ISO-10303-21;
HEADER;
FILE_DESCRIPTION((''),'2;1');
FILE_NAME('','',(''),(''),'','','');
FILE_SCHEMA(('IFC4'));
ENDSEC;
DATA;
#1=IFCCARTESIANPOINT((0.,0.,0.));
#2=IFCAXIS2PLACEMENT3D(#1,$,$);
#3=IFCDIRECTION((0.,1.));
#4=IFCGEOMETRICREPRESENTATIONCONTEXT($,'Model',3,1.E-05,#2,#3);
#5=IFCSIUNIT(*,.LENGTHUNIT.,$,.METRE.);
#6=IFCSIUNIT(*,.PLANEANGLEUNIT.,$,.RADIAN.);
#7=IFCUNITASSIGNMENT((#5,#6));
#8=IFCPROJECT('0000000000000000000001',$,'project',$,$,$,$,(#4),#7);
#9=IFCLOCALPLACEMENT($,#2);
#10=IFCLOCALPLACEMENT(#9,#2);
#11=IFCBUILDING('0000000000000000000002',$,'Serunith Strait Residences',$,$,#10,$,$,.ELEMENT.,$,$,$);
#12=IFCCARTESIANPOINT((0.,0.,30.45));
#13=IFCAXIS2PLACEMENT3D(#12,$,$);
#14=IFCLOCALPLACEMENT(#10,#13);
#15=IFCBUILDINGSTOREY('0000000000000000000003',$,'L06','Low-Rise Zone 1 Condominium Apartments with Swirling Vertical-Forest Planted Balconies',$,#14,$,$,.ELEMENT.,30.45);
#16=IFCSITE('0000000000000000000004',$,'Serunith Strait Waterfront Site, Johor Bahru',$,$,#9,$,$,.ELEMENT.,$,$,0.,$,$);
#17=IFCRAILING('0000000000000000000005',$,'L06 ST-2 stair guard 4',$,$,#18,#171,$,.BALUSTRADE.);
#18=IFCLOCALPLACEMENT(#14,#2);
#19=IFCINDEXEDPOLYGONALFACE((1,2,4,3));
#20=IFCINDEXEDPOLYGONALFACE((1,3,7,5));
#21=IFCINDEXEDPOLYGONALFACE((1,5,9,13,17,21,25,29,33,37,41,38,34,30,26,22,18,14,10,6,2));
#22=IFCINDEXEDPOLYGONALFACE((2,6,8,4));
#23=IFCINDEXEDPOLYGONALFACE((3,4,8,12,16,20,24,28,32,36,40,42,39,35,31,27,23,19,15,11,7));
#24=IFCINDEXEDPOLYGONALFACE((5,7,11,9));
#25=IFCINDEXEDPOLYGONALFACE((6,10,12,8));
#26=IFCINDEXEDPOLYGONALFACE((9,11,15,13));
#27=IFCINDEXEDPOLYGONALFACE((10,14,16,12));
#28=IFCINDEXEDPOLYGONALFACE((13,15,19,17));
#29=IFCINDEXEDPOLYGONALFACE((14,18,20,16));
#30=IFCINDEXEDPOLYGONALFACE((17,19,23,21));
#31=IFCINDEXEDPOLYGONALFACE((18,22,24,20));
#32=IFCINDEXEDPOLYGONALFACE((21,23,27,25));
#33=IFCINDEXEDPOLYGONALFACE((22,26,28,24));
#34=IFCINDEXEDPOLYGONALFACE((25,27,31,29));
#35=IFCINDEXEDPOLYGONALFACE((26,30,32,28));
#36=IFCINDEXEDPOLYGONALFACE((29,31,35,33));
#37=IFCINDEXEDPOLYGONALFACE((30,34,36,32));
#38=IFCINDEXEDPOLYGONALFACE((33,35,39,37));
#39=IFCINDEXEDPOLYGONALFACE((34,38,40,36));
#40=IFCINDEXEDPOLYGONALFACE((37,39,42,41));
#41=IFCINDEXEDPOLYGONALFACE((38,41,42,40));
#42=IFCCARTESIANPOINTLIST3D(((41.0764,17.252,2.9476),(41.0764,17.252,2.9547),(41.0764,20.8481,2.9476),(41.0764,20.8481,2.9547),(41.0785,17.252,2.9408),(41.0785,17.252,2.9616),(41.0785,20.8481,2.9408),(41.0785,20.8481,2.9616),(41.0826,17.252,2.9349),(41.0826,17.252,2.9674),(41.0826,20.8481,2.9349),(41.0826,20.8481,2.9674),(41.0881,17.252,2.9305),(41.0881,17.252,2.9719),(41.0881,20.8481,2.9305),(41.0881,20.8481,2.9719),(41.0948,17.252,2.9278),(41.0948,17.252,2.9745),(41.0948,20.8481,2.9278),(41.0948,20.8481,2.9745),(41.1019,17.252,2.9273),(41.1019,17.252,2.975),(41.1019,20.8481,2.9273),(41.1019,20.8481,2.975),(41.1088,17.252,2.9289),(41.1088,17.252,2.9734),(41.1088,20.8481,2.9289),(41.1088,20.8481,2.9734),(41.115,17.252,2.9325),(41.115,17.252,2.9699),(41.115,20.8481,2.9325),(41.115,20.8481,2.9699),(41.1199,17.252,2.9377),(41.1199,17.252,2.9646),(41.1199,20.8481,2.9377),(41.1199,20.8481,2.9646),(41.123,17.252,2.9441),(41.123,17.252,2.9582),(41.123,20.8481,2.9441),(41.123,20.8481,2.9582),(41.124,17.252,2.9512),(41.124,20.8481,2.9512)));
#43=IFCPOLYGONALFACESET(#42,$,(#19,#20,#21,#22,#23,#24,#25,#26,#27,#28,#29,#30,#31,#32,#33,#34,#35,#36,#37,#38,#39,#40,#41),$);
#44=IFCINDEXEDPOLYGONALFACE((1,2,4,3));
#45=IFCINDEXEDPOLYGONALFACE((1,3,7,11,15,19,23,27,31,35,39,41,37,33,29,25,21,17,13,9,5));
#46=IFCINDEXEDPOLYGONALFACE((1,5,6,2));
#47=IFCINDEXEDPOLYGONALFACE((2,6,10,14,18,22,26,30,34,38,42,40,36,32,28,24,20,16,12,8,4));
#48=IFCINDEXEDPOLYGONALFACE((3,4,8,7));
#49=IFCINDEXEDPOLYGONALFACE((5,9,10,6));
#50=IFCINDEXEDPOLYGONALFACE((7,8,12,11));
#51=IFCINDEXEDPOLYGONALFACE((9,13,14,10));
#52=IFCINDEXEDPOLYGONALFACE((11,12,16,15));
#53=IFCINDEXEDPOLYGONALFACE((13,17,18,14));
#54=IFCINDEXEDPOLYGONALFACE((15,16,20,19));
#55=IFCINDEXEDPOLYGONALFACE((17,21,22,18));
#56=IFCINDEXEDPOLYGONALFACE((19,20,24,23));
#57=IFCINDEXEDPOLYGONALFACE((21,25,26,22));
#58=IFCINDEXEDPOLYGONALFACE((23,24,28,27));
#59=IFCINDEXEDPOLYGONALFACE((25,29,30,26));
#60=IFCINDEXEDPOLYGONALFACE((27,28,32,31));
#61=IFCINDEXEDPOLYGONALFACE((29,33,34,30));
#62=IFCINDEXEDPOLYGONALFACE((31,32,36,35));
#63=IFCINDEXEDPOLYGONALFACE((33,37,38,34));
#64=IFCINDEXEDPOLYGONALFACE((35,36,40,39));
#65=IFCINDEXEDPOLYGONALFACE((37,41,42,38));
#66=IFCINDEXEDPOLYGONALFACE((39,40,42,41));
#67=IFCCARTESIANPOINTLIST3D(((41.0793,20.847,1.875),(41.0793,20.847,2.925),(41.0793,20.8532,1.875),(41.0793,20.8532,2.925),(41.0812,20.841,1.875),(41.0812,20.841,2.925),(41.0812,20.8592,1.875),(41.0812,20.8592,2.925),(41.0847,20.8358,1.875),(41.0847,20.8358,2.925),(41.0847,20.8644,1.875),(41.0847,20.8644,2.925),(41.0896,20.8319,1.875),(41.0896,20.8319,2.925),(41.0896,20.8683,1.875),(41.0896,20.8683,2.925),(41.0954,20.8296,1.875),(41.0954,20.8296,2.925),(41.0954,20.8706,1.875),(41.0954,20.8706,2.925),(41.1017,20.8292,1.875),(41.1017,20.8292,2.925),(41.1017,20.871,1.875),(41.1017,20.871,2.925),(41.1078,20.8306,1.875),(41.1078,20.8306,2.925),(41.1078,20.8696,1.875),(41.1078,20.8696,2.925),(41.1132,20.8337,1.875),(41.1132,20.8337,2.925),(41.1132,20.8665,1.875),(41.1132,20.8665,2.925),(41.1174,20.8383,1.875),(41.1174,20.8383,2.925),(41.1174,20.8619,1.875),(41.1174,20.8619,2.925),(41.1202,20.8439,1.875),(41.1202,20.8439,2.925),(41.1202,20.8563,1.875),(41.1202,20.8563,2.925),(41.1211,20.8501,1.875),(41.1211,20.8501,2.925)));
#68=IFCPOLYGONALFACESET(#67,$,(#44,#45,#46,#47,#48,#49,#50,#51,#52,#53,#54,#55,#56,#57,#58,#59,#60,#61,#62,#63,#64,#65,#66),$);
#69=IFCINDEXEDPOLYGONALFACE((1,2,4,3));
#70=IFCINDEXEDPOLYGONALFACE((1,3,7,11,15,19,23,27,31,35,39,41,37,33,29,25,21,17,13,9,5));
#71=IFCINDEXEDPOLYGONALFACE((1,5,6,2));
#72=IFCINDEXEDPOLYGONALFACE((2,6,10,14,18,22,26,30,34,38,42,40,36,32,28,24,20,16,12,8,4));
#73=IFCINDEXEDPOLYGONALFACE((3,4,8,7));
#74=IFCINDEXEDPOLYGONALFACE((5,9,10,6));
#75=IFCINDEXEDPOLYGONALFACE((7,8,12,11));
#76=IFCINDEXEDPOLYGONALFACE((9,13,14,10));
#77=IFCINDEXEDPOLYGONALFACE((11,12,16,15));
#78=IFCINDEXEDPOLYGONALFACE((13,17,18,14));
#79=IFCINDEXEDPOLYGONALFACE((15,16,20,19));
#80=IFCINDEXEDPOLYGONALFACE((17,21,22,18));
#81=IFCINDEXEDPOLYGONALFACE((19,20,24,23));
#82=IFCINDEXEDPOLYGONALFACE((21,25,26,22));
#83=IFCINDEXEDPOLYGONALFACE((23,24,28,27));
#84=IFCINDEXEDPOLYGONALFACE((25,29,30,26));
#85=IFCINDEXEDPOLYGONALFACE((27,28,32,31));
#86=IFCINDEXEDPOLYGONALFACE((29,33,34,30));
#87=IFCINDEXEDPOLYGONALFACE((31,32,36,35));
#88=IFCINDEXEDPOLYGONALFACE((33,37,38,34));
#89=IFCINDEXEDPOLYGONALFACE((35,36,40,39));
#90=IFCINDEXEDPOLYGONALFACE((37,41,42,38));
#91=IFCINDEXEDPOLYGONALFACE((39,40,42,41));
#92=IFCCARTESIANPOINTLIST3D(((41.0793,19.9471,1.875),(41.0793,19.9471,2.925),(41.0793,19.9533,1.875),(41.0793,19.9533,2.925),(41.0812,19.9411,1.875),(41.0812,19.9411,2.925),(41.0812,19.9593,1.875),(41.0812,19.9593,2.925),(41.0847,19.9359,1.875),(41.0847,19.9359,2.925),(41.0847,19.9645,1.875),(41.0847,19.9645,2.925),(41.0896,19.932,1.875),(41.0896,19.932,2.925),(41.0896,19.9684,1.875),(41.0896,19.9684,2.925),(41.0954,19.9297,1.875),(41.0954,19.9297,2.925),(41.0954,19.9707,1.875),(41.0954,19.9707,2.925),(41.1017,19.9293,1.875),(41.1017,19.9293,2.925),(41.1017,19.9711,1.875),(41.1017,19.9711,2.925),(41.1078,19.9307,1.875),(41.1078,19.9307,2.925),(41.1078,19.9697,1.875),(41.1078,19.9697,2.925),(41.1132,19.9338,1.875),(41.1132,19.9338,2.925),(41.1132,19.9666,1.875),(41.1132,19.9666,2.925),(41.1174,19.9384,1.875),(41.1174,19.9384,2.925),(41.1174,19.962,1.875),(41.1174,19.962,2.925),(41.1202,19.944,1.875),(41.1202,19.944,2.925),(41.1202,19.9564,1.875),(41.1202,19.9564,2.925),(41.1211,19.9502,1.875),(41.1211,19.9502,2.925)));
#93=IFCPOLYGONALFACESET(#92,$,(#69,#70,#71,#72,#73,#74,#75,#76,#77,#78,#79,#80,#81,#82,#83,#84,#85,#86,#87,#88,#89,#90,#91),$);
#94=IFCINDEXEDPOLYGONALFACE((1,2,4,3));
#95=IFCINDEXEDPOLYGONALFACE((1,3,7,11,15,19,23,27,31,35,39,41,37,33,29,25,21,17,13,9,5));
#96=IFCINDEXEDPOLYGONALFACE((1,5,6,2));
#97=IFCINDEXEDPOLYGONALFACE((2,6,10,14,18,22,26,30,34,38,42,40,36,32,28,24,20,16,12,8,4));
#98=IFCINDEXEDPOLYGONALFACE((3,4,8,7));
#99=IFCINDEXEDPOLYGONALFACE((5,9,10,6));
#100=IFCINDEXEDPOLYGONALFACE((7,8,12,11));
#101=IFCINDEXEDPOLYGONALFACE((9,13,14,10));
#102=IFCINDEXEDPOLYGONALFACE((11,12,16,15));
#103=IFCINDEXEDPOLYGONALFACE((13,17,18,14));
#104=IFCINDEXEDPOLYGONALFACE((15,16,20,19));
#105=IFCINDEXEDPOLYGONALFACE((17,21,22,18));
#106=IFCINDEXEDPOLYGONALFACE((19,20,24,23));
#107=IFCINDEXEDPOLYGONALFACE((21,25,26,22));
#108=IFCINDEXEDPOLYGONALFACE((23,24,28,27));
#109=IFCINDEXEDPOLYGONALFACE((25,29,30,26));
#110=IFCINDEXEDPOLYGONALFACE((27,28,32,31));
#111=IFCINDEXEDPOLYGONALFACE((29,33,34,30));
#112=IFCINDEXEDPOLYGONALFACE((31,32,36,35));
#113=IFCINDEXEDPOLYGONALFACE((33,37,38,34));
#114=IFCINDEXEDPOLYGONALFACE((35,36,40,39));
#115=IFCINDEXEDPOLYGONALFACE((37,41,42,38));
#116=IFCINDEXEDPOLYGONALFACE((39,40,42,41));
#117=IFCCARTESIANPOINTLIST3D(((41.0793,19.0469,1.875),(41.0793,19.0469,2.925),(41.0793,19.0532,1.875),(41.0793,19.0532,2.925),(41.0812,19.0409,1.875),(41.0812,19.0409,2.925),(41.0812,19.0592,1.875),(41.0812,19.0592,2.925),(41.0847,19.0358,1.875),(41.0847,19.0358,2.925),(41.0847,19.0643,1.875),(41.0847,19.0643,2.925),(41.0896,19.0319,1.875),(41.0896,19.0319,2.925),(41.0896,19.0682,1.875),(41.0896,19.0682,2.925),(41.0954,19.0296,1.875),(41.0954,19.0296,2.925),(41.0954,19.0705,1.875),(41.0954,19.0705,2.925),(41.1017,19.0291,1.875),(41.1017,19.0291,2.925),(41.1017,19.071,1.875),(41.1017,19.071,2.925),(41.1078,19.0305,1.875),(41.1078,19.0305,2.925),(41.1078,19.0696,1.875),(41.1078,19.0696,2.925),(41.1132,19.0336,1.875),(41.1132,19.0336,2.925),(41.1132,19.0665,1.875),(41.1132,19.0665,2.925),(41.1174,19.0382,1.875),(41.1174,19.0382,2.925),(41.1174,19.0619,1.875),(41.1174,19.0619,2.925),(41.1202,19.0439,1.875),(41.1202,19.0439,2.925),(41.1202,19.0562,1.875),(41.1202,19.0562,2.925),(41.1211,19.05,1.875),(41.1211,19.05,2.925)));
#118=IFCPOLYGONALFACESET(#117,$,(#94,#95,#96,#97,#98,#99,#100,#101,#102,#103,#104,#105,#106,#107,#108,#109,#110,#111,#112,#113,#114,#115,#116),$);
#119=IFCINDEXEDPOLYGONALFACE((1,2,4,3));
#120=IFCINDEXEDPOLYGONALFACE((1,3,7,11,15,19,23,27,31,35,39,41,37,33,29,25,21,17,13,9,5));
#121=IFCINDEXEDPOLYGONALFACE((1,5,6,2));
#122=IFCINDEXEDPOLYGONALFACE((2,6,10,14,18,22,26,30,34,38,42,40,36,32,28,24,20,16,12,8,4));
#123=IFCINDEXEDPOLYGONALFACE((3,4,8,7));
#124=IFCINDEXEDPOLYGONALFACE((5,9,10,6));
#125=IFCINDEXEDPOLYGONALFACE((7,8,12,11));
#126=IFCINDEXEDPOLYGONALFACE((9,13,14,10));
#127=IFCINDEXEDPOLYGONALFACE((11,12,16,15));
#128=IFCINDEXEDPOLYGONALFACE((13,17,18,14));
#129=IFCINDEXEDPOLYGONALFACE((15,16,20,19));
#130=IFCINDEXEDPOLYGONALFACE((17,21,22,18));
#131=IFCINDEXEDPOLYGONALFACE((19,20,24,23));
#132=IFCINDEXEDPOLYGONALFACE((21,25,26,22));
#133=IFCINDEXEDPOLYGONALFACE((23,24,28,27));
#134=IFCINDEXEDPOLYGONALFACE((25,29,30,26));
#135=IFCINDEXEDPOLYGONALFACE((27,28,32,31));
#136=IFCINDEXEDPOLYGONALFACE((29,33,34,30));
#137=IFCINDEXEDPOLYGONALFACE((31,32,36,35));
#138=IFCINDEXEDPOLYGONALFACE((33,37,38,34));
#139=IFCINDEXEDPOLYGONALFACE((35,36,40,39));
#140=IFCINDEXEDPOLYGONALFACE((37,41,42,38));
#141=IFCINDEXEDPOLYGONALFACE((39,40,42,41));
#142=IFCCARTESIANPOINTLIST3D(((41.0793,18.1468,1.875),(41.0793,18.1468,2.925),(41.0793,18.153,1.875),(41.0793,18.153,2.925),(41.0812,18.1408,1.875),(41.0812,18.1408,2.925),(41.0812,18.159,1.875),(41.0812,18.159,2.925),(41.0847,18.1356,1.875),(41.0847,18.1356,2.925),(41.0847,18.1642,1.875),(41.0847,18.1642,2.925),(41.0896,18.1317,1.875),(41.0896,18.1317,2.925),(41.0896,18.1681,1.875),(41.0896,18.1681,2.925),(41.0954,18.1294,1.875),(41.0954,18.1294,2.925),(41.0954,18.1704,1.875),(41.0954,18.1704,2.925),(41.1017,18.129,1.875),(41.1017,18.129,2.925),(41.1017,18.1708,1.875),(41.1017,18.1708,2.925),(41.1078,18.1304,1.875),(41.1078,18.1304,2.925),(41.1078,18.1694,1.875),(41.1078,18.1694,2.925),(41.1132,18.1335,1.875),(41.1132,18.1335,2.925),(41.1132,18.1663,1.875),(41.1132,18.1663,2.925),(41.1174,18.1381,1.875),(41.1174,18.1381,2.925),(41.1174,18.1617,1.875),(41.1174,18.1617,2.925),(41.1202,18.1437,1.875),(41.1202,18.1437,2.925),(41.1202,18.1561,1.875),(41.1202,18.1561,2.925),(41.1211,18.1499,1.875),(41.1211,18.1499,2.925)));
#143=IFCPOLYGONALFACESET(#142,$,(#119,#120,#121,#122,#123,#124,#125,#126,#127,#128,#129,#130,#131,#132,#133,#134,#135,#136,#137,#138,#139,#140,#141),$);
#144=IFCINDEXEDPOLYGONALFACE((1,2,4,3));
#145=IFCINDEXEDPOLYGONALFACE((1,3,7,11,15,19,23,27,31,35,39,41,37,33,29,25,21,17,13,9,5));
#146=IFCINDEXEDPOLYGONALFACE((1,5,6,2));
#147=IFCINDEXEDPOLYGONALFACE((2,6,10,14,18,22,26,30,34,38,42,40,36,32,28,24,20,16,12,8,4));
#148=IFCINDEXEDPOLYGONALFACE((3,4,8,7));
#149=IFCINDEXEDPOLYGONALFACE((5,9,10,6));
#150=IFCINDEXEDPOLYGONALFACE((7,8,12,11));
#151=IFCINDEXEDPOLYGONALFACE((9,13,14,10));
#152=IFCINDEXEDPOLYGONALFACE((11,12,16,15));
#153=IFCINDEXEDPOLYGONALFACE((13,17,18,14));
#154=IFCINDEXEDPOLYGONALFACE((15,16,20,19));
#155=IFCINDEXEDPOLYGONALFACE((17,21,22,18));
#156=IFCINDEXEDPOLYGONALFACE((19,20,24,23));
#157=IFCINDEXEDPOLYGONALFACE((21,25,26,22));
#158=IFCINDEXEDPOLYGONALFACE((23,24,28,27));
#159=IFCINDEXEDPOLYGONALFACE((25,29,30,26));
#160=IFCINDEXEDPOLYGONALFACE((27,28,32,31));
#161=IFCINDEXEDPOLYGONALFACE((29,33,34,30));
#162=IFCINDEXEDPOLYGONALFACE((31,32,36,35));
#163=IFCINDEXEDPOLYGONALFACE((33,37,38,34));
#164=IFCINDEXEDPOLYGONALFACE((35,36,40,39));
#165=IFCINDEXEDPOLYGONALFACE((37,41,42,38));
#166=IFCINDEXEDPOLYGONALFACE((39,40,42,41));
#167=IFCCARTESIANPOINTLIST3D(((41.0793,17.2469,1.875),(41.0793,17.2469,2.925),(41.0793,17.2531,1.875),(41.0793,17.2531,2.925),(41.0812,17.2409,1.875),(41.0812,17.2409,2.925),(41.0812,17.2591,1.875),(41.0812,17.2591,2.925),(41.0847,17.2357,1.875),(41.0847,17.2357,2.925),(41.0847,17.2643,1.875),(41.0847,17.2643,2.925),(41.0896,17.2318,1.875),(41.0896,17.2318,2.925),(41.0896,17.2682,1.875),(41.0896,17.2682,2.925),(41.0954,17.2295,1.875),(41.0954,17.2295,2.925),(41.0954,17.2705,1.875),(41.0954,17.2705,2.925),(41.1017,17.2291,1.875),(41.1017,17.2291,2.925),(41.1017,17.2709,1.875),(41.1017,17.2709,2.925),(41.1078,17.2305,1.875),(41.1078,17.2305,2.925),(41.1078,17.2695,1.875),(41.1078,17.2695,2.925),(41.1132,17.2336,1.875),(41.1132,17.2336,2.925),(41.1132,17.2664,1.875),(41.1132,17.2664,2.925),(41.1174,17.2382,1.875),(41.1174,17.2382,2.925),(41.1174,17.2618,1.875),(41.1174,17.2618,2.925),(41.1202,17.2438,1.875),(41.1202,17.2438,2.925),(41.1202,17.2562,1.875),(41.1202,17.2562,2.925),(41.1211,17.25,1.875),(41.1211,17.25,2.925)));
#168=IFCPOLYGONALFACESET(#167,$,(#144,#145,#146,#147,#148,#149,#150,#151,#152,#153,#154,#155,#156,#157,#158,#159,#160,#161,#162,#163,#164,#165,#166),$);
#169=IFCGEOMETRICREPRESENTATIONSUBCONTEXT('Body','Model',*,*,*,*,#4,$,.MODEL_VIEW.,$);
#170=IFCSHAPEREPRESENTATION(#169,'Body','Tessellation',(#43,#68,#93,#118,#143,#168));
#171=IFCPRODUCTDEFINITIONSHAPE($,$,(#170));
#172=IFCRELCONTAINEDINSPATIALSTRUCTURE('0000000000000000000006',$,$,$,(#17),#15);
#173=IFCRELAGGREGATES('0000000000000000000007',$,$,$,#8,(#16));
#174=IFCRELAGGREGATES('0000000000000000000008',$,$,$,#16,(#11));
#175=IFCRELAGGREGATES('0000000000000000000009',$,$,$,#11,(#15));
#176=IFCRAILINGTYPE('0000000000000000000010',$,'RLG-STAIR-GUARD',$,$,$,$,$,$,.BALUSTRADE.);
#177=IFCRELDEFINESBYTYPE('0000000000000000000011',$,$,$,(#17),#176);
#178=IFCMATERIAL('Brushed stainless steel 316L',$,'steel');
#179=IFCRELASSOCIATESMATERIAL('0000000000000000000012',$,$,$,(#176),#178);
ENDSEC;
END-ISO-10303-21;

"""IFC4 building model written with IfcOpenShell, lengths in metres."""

from ifc_helpers import new_model, si_unit, direction, frame, origin, origin_2d, place, context, subcontext, project, spatial, circle, extrude, material, type_object, element, save


model = new_model("IFC4")

# Units and contexts
model_context = context("Model", 3, precision=1e-05, world=origin(), true_north=direction((0.0, 1.0)))
body_context = subcontext(model_context, "Body", "Model", "MODEL_VIEW")
ifc_project = project(units=[si_unit("LENGTHUNIT", "METRE"), si_unit("PLANEANGLEUNIT", "RADIAN")], contexts=[model_context])

# Site, building, storey
site_placement = place(None, origin())
site = spatial("IfcSite", under=ifc_project, at=site_placement, Name="Serunith Strait Waterfront Site, Johor Bahru", CompositionType="ELEMENT", RefElevation=0.0)
building_placement = place(site_placement, origin())
building = spatial("IfcBuilding", under=site, at=building_placement, Name="Serunith Strait Residences", CompositionType="ELEMENT")
storey_placement = place(building_placement, frame((0.0, 0.0, 30.45)))
storey = spatial("IfcBuildingStorey", under=building, at=storey_placement, Name="L06", Description="Low-Rise Zone 1 Condominium Apartments with Swirling Vertical-Forest Planted Balconies", CompositionType="ELEMENT", Elevation=30.45)

# Railing
ifc_material_1 = material(Name="Brushed stainless steel 316L", Category="steel")
railing_type_1 = type_object("IfcRailingType", Name="RLG-STAIR-GUARD", PredefinedType="BALUSTRADE", material=ifc_material_1)
for number, where, name in (
    (1, (41.1001, 20.8501, 1.875), "L06 ST-2 stair guard 4"),
):
    element("IfcRailing", number, at=place(storey_placement, frame(where)), inside=storey, type_object=railing_type_1, Name=name, PredefinedType="BALUSTRADE", context=body_context, shape_type="SweptSolid", body=[
        extrude(circle(Radius=0.0239, at=origin_2d()), frame((0.0, -0.002, 1.0762), z_axis=(0.0, -1.0, 0.0), x_axis=(1.0, 0.0, 0.0)), (0.0, 0.0, 1.0), 3.5962),
        extrude(circle(Radius=0.021, at=origin_2d()), origin(), (0.0, 0.0, 1.0), 1.05),
        extrude(circle(Radius=0.021, at=origin_2d()), frame((0.0, -0.8999, 0.0)), (0.0, 0.0, 1.0), 1.05),
        extrude(circle(Radius=0.021, at=origin_2d()), frame((0.0, -1.8, 0.0)), (0.0, 0.0, 1.0), 1.05),
        extrude(circle(Radius=0.021, at=origin_2d()), frame((0.0, -2.7002, 0.0)), (0.0, 0.0, 1.0), 1.05),
        extrude(circle(Radius=0.021, at=origin_2d()), frame((0.0, -3.6001, 0.0)), (0.0, 0.0, 1.0), 1.05),
    ])

save(model, "model.ifc")
